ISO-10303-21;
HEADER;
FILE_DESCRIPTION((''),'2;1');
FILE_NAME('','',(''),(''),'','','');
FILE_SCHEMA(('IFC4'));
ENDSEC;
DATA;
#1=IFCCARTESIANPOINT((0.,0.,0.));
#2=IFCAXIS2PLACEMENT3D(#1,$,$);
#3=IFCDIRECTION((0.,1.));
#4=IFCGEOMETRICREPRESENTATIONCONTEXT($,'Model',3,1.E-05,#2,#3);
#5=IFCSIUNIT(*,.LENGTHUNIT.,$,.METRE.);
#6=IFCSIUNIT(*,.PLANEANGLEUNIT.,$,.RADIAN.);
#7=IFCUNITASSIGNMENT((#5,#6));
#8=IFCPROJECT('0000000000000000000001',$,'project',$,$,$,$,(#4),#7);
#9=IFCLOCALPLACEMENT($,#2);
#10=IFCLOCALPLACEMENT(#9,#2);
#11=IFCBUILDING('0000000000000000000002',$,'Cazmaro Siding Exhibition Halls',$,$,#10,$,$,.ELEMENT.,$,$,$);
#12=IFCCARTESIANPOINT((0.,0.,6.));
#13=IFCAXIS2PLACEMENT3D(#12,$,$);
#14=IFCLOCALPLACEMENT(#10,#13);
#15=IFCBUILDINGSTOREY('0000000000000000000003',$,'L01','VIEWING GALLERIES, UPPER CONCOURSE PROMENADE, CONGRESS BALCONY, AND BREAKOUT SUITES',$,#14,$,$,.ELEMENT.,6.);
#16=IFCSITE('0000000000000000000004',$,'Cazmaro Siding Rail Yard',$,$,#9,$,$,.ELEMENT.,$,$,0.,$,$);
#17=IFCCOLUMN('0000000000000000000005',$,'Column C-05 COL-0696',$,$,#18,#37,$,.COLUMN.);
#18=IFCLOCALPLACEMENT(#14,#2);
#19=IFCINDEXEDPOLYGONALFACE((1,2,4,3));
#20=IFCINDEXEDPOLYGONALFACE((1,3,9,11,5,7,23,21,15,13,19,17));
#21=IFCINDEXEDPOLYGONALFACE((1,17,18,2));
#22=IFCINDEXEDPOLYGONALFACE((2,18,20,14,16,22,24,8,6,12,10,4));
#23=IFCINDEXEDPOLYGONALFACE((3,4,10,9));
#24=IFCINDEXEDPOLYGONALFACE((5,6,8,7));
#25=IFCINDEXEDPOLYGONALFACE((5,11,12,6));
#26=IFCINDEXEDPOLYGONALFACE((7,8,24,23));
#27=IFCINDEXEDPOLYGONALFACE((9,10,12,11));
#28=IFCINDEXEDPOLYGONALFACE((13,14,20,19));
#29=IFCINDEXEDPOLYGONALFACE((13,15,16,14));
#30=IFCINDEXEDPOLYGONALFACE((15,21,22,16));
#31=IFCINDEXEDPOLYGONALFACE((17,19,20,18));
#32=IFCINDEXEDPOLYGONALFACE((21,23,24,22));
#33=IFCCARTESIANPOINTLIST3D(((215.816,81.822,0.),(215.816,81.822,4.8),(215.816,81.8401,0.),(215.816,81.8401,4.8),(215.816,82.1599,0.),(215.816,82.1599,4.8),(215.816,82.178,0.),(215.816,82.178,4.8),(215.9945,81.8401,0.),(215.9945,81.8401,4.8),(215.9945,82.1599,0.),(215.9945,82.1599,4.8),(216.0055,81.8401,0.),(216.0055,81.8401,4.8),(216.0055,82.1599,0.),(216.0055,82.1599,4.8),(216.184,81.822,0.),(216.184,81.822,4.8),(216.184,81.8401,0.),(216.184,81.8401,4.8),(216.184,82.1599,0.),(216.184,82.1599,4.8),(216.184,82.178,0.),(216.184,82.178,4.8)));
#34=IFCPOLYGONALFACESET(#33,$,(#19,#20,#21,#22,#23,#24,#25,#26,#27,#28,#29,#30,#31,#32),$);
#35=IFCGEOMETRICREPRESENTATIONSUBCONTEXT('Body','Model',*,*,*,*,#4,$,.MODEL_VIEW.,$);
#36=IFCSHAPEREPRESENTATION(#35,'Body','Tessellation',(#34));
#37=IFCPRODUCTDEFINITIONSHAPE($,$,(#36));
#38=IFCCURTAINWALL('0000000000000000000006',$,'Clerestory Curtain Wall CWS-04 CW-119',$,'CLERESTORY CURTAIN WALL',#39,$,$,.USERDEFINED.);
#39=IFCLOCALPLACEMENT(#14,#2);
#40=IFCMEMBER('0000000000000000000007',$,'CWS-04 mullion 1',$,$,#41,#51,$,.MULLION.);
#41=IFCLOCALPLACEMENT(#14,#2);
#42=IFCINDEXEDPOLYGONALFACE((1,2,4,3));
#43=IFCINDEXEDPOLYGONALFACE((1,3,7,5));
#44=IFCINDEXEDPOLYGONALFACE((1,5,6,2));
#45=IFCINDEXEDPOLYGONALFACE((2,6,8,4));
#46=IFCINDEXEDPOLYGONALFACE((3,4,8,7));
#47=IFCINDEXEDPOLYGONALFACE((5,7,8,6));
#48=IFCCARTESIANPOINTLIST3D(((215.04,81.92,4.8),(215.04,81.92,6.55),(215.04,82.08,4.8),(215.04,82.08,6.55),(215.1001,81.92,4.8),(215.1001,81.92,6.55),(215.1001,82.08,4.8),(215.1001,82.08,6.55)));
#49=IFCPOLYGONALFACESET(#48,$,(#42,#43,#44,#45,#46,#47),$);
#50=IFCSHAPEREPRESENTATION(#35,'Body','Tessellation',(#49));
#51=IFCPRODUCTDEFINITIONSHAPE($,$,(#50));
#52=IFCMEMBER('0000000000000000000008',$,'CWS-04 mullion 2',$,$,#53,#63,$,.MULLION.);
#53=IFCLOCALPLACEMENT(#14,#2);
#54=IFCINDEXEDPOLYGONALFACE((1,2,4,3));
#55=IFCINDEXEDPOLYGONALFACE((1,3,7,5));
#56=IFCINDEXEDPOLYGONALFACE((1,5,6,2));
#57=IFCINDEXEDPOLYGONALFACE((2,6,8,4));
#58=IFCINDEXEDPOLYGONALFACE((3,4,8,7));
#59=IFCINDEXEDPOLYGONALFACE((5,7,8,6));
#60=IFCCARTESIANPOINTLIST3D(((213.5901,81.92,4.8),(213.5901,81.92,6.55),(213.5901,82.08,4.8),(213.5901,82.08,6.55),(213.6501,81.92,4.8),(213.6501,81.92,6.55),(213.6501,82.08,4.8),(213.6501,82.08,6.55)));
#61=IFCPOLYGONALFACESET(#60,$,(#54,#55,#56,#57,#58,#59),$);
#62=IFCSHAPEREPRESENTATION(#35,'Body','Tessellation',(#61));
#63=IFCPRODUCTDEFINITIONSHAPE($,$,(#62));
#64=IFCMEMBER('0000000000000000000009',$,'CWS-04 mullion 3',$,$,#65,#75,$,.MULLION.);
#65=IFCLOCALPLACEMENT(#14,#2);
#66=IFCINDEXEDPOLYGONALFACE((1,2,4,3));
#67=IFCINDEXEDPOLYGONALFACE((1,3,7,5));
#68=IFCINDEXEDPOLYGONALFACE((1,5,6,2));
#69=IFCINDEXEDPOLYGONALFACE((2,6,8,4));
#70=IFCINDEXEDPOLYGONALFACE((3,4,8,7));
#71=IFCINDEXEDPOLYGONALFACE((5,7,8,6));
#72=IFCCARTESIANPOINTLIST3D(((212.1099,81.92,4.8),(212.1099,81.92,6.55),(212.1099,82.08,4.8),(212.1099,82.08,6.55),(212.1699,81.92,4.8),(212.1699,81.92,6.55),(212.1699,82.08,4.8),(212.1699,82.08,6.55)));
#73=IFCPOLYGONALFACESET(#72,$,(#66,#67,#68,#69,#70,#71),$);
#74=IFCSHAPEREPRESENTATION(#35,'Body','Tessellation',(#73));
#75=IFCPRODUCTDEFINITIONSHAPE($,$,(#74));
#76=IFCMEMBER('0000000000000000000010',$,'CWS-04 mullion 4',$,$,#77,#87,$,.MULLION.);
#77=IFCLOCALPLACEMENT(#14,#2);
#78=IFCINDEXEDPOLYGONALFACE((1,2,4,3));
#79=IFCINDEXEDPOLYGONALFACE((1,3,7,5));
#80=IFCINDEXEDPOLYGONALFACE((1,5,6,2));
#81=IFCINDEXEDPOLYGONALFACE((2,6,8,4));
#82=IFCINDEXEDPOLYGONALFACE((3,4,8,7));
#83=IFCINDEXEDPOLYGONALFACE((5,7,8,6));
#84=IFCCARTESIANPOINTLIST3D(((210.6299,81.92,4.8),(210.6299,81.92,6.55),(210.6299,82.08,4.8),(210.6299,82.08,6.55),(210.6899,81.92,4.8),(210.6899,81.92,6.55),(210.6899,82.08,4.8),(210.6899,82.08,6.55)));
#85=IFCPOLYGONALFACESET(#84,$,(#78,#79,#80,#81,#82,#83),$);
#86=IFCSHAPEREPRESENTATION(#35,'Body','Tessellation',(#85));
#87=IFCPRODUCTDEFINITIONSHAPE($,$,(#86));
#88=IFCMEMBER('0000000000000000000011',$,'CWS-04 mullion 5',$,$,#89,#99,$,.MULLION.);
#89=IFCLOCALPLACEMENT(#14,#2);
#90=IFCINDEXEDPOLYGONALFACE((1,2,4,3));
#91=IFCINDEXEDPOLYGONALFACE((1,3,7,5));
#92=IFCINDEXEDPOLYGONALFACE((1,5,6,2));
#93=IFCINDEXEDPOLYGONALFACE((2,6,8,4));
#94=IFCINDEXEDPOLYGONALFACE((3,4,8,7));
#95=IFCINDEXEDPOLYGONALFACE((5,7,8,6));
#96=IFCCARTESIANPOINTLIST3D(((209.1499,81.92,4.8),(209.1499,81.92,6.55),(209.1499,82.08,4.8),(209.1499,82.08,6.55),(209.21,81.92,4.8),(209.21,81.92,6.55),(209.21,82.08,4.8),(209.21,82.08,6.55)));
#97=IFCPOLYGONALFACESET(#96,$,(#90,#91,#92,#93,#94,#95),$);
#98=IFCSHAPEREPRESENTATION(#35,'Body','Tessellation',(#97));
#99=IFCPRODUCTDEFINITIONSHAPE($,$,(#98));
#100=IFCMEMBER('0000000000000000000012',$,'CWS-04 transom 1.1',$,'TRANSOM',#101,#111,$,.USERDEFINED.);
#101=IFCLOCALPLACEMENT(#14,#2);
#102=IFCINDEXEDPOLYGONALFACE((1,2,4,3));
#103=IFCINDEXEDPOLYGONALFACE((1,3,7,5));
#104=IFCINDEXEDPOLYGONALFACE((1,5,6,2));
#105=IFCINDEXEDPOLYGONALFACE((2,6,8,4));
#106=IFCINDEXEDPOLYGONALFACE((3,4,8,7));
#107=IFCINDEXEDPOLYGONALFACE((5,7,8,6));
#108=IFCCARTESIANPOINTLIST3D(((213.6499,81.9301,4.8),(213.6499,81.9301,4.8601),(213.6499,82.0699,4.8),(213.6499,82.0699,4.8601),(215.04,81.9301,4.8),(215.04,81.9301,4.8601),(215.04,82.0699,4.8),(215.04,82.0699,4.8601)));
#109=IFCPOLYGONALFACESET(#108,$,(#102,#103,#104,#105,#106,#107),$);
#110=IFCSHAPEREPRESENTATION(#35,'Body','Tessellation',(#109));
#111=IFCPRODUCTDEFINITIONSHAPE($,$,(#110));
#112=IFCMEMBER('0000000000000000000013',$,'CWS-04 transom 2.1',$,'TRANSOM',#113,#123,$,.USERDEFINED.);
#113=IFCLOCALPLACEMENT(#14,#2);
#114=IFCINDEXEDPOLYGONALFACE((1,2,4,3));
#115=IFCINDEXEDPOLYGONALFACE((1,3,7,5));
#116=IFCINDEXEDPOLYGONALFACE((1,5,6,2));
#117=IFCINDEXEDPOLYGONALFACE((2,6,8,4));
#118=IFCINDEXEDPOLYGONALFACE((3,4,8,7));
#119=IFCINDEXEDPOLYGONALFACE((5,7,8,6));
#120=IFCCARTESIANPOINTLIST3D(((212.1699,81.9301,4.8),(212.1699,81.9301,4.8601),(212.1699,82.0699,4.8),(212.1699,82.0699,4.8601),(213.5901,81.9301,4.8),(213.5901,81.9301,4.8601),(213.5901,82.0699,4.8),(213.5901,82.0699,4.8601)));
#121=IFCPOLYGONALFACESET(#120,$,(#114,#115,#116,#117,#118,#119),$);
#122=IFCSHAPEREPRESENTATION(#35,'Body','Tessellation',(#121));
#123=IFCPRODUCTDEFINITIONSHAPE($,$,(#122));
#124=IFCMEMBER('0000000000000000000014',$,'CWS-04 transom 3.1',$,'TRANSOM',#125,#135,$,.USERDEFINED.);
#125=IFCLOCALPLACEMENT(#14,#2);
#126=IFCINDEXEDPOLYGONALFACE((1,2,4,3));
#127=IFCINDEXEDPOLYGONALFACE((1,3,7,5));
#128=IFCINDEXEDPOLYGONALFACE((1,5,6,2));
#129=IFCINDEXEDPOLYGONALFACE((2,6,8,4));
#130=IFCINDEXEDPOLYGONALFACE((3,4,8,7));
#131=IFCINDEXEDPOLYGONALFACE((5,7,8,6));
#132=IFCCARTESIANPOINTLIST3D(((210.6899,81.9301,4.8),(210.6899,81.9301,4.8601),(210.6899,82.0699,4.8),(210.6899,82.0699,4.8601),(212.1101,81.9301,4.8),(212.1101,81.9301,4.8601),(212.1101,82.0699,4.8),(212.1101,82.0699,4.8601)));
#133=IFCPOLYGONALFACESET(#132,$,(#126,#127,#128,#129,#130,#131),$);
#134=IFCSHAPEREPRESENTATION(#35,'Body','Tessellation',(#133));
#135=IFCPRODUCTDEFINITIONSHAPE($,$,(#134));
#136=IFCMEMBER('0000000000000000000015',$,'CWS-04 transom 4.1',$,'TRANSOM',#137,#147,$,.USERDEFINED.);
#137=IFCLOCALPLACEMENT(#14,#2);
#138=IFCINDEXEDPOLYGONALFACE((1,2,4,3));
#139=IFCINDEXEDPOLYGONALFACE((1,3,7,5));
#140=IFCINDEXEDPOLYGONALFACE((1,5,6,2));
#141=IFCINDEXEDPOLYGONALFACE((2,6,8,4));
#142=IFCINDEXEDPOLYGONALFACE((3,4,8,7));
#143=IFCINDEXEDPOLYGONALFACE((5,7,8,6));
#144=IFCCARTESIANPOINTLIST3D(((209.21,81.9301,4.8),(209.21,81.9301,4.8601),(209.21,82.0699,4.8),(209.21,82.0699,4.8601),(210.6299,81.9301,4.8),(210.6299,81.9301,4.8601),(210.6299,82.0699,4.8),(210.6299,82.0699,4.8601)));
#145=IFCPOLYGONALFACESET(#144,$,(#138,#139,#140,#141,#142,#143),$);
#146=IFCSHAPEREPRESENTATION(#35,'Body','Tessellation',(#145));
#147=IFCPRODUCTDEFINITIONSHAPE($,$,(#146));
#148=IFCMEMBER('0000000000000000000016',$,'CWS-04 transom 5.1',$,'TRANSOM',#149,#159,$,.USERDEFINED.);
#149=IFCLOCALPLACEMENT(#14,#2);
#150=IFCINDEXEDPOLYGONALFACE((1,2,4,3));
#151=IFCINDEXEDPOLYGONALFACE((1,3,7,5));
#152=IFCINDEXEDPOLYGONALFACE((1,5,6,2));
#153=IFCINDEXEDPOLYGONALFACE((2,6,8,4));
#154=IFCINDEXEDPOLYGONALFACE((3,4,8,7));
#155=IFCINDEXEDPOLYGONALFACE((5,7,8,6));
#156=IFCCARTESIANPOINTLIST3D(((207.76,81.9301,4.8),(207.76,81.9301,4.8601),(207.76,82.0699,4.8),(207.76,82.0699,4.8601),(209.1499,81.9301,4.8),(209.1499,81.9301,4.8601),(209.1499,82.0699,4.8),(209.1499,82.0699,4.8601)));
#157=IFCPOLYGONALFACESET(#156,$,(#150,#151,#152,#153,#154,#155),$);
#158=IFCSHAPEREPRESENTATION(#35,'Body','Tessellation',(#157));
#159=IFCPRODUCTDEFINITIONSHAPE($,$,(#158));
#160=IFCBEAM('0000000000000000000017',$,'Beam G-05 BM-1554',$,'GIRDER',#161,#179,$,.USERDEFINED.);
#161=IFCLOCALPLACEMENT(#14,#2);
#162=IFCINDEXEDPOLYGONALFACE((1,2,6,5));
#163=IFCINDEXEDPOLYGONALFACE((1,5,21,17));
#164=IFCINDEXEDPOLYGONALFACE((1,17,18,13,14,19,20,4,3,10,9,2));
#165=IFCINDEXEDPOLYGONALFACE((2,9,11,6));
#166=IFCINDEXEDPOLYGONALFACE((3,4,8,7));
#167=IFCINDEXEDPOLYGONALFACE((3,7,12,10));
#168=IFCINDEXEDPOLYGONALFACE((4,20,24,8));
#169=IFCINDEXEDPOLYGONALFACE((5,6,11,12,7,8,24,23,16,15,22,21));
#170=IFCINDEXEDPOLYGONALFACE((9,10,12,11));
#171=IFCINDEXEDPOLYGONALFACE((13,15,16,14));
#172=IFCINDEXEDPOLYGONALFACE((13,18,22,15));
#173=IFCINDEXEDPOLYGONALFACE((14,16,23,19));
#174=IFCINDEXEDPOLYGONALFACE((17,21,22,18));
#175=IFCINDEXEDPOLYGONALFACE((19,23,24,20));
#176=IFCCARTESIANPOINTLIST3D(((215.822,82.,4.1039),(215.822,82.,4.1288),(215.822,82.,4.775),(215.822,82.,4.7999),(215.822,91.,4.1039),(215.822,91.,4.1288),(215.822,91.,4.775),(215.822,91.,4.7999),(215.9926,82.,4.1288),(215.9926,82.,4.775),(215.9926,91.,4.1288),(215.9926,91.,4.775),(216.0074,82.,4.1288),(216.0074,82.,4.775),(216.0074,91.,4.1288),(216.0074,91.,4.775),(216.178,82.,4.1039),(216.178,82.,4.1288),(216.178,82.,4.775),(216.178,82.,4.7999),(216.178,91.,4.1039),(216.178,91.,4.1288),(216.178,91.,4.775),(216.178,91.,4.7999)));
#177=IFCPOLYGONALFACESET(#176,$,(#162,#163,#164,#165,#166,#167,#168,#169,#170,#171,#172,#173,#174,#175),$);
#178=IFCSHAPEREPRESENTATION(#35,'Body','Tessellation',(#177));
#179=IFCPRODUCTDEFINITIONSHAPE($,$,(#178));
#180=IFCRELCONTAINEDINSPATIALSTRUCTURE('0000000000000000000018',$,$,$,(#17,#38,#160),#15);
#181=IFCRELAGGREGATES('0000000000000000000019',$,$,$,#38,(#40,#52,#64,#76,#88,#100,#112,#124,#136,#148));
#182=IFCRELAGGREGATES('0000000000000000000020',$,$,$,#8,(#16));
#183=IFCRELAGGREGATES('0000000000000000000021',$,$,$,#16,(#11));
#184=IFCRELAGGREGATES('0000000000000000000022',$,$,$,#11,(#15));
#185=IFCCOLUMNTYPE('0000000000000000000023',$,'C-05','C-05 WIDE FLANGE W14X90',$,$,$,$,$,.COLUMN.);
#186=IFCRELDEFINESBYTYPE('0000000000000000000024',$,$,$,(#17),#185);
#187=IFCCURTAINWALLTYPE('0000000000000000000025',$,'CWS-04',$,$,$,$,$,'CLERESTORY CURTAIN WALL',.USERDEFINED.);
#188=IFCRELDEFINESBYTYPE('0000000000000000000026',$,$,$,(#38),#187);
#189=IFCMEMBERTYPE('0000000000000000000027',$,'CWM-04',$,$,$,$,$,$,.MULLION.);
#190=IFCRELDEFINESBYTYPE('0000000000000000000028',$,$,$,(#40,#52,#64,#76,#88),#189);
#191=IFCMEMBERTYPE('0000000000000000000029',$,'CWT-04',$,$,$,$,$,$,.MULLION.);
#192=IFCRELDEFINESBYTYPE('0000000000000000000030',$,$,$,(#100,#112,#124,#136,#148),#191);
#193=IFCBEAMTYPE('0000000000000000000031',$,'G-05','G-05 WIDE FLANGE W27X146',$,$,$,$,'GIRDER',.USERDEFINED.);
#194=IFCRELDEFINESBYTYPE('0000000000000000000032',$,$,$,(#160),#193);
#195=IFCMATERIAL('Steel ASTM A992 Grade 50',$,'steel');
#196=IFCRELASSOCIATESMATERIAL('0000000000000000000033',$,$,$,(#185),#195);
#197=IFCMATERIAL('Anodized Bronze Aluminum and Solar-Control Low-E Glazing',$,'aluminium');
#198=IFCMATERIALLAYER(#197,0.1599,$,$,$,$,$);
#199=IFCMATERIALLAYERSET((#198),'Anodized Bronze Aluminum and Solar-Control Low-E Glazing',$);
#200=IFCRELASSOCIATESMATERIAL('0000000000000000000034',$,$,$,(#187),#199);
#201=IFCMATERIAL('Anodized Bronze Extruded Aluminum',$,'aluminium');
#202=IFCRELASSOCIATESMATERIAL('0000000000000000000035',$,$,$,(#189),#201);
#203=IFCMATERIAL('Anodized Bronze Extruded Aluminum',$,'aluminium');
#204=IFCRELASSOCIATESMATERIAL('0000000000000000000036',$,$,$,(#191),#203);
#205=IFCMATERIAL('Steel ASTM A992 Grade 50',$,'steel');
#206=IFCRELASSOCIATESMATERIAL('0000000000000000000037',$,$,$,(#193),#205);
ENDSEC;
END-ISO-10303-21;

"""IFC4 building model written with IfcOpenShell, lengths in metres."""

from ifc_helpers import new_model, si_unit, direction, frame, origin, origin_2d, place, context, subcontext, project, spatial, rectangle, i_section, extrude, material, layer, layer_set, material_profile, profile_set, type_object, element, aggregate, save


model = new_model("IFC4")

# Units and contexts
model_context = context("Model", 3, precision=1e-05, world=origin(), true_north=direction((0.0, 1.0)))
body_context = subcontext(model_context, "Body", "Model", "MODEL_VIEW")
ifc_project = project(units=[si_unit("LENGTHUNIT", "METRE"), si_unit("PLANEANGLEUNIT", "RADIAN")], contexts=[model_context])

# Site, building, storey
site_placement = place(None, origin())
site = spatial("IfcSite", under=ifc_project, at=site_placement, Name="Cazmaro Siding Rail Yard", CompositionType="ELEMENT", RefElevation=0.0)
building_placement = place(site_placement, origin())
building = spatial("IfcBuilding", under=site, at=building_placement, Name="Cazmaro Siding Exhibition Halls", CompositionType="ELEMENT")
storey_placement = place(building_placement, frame((0.0, 0.0, 6.0)))
storey = spatial("IfcBuildingStorey", under=building, at=storey_placement, Name="L01", Description="VIEWING GALLERIES, UPPER CONCOURSE PROMENADE, CONGRESS BALCONY, AND BREAKOUT SUITES", CompositionType="ELEMENT", Elevation=6.0)

# Column
ifc_material_1 = material(Name="Steel ASTM A992 Grade 50", Category="steel")
ifc_material_profile_1 = material_profile(ifc_material_1, i_section(OverallWidth=0.3679, OverallDepth=0.356, WebThickness=0.011, FlangeThickness=0.0181, at=origin_2d()), Name="W14X90")
ifc_profile_set_1 = profile_set([ifc_material_profile_1], Name="Steel ASTM A992 Grade 50")
column_type = type_object("IfcColumnType", Name="C-05", Description="C-05 WIDE FLANGE W14X90", PredefinedType="COLUMN", material=ifc_profile_set_1)
column_placement = place(storey_placement, frame((216.0, 82.0, 0.0), z_axis=(0.0, 0.0, 1.0), x_axis=(1.0, 0.0, 0.0)))
element("IfcColumn", 1, at=column_placement, inside=storey, type_object=column_type, Name="Column C-05 COL-0696", PredefinedType="COLUMN", context=body_context, shape_type="SweptSolid", body=[
    extrude(i_section(OverallWidth=0.3679, OverallDepth=0.356, WebThickness=0.011, FlangeThickness=0.0181, at=origin_2d()), origin(), (0.0, 0.0, 1.0), 4.8),
])

# Curtain wall, members
ifc_material_2 = material(Name="Anodized Bronze Aluminum and Solar-Control Low-E Glazing", Category="aluminium")
ifc_layer = layer(ifc_material_2, 0.1599)
ifc_layer_set = layer_set([ifc_layer], Name="Anodized Bronze Aluminum and Solar-Control Low-E Glazing")
curtain_wall_type = type_object("IfcCurtainWallType", Name="CWS-04", ElementType="CLERESTORY CURTAIN WALL", PredefinedType="USERDEFINED", material=ifc_layer_set)
curtain_wall_placement = place(storey_placement, origin())
curtain_wall = element("IfcCurtainWall", 2, at=curtain_wall_placement, inside=storey, type_object=curtain_wall_type, Name="Clerestory Curtain Wall CWS-04 CW-119", ObjectType="CLERESTORY CURTAIN WALL", PredefinedType="USERDEFINED")
ifc_material_3 = material(Name="Anodized Bronze Extruded Aluminum", Category="aluminium")
ifc_material_profile_2 = material_profile(ifc_material_3, rectangle(XDim=0.1599, YDim=0.0601, at=origin_2d()), Name="CWM-04")
ifc_profile_set_2 = profile_set([ifc_material_profile_2], Name="Anodized Bronze Extruded Aluminum")
member_type_1 = type_object("IfcMemberType", Name="CWM-04", PredefinedType="MULLION", material=ifc_profile_set_2)
member_1_placement = place(storey_placement, frame((215.0701, 82.0, 4.8), z_axis=(0.0, 0.0, 1.0), x_axis=(0.0, -1.0, 0.0)))
member_1 = element("IfcMember", 3, at=member_1_placement, type_object=member_type_1, Name="CWS-04 mullion 1", PredefinedType="MULLION", context=body_context, shape_type="SweptSolid", body=[
    extrude(rectangle(XDim=0.1599, YDim=0.0601, at=origin_2d()), origin(), (0.0, 0.0, 1.0), 1.75),
])
member_2_placement = place(storey_placement, frame((213.6201, 82.0, 4.8), z_axis=(0.0, 0.0, 1.0), x_axis=(0.0, -1.0, 0.0)))
member_2 = element("IfcMember", 4, at=member_2_placement, type_object=member_type_1, Name="CWS-04 mullion 2", PredefinedType="MULLION", context=body_context, shape_type="SweptSolid", body=[
    extrude(rectangle(XDim=0.1599, YDim=0.0601, at=origin_2d()), origin(), (0.0, 0.0, 1.0), 1.75),
])
member_3_placement = place(storey_placement, frame((212.1399, 82.0, 4.8), z_axis=(0.0, 0.0, 1.0), x_axis=(0.0, -1.0, 0.0)))
member_3 = element("IfcMember", 5, at=member_3_placement, type_object=member_type_1, Name="CWS-04 mullion 3", PredefinedType="MULLION", context=body_context, shape_type="SweptSolid", body=[
    extrude(rectangle(XDim=0.1599, YDim=0.0601, at=origin_2d()), origin(), (0.0, 0.0, 1.0), 1.75),
])
member_4_placement = place(storey_placement, frame((210.6599, 82.0, 4.8), z_axis=(0.0, 0.0, 1.0), x_axis=(0.0, -1.0, 0.0)))
member_4 = element("IfcMember", 6, at=member_4_placement, type_object=member_type_1, Name="CWS-04 mullion 4", PredefinedType="MULLION", context=body_context, shape_type="SweptSolid", body=[
    extrude(rectangle(XDim=0.1599, YDim=0.0601, at=origin_2d()), origin(), (0.0, 0.0, 1.0), 1.75),
])
member_5_placement = place(storey_placement, frame((209.1799, 82.0, 4.8), z_axis=(0.0, 0.0, 1.0), x_axis=(0.0, -1.0, 0.0)))
member_5 = element("IfcMember", 7, at=member_5_placement, type_object=member_type_1, Name="CWS-04 mullion 5", PredefinedType="MULLION", context=body_context, shape_type="SweptSolid", body=[
    extrude(rectangle(XDim=0.1599, YDim=0.0601, at=origin_2d()), origin(), (0.0, 0.0, 1.0), 1.75),
])
ifc_material_4 = material(Name="Anodized Bronze Extruded Aluminum", Category="aluminium")
ifc_material_profile_3 = material_profile(ifc_material_4, rectangle(XDim=0.1399, YDim=0.0601, at=origin_2d()), Name="CWT-04")
ifc_profile_set_3 = profile_set([ifc_material_profile_3], Name="Anodized Bronze Extruded Aluminum")
member_type_2 = type_object("IfcMemberType", Name="CWT-04", PredefinedType="MULLION", material=ifc_profile_set_3)
member_6_placement = place(storey_placement, frame((215.04, 82.0, 4.8301), z_axis=(-1.0, 0.0, 0.0), x_axis=(0.0, -1.0, 0.0)))
member_6 = element("IfcMember", 8, at=member_6_placement, type_object=member_type_2, Name="CWS-04 transom 1.1", ObjectType="TRANSOM", PredefinedType="USERDEFINED", context=body_context, shape_type="SweptSolid", body=[
    extrude(rectangle(XDim=0.1399, YDim=0.0601, at=origin_2d()), origin(), (0.0, 0.0, 1.0), 1.3901),
])
member_7_placement = place(storey_placement, frame((213.5901, 82.0, 4.8301), z_axis=(-1.0, 0.0, 0.0), x_axis=(0.0, -1.0, 0.0)))
member_7 = element("IfcMember", 9, at=member_7_placement, type_object=member_type_2, Name="CWS-04 transom 2.1", ObjectType="TRANSOM", PredefinedType="USERDEFINED", context=body_context, shape_type="SweptSolid", body=[
    extrude(rectangle(XDim=0.1399, YDim=0.0601, at=origin_2d()), origin(), (0.0, 0.0, 1.0), 1.4202),
])
member_8_placement = place(storey_placement, frame((212.1101, 82.0, 4.8301), z_axis=(-1.0, 0.0, 0.0), x_axis=(0.0, -1.0, 0.0)))
member_8 = element("IfcMember", 10, at=member_8_placement, type_object=member_type_2, Name="CWS-04 transom 3.1", ObjectType="TRANSOM", PredefinedType="USERDEFINED", context=body_context, shape_type="SweptSolid", body=[
    extrude(rectangle(XDim=0.1399, YDim=0.0601, at=origin_2d()), origin(), (0.0, 0.0, 1.0), 1.4202),
])
member_9_placement = place(storey_placement, frame((210.6299, 82.0, 4.8301), z_axis=(-1.0, 0.0, 0.0), x_axis=(0.0, -1.0, 0.0)))
member_9 = element("IfcMember", 11, at=member_9_placement, type_object=member_type_2, Name="CWS-04 transom 4.1", ObjectType="TRANSOM", PredefinedType="USERDEFINED", context=body_context, shape_type="SweptSolid", body=[
    extrude(rectangle(XDim=0.1399, YDim=0.0601, at=origin_2d()), origin(), (0.0, 0.0, 1.0), 1.4199),
])
member_10_placement = place(storey_placement, frame((209.1499, 82.0, 4.8301), z_axis=(-1.0, 0.0, 0.0), x_axis=(0.0, -1.0, 0.0)))
member_10 = element("IfcMember", 12, at=member_10_placement, type_object=member_type_2, Name="CWS-04 transom 5.1", ObjectType="TRANSOM", PredefinedType="USERDEFINED", context=body_context, shape_type="SweptSolid", body=[
    extrude(rectangle(XDim=0.1399, YDim=0.0601, at=origin_2d()), origin(), (0.0, 0.0, 1.0), 1.3899),
])
aggregate(curtain_wall, [member_1, member_2, member_3, member_4, member_5, member_6, member_7, member_8, member_9, member_10])

# Beam
ifc_material_5 = material(Name="Steel ASTM A992 Grade 50", Category="steel")
ifc_material_profile_4 = material_profile(ifc_material_5, i_section(OverallWidth=0.356, OverallDepth=0.696, WebThickness=0.0149, FlangeThickness=0.0249, at=origin_2d()), Name="W27X146")
ifc_profile_set_4 = profile_set([ifc_material_profile_4], Name="Steel ASTM A992 Grade 50")
beam_type_1 = type_object("IfcBeamType", Name="G-05", Description="G-05 WIDE FLANGE W27X146", ElementType="GIRDER", PredefinedType="USERDEFINED", material=ifc_profile_set_4)
beam_1_placement = place(storey_placement, frame((216.0, 82.0, 4.4519), z_axis=(0.0, 1.0, 0.0), x_axis=(-1.0, 0.0, 0.0)))
element("IfcBeam", 13, at=beam_1_placement, inside=storey, type_object=beam_type_1, Name="Beam G-05 BM-1554", ObjectType="GIRDER", PredefinedType="USERDEFINED", context=body_context, shape_type="SweptSolid", body=[
    extrude(i_section(OverallWidth=0.356, OverallDepth=0.696, WebThickness=0.0149, FlangeThickness=0.0249, at=origin_2d()), origin(), (0.0, 0.0, 1.0), 9.0),
])

save(model, "model.ifc")
